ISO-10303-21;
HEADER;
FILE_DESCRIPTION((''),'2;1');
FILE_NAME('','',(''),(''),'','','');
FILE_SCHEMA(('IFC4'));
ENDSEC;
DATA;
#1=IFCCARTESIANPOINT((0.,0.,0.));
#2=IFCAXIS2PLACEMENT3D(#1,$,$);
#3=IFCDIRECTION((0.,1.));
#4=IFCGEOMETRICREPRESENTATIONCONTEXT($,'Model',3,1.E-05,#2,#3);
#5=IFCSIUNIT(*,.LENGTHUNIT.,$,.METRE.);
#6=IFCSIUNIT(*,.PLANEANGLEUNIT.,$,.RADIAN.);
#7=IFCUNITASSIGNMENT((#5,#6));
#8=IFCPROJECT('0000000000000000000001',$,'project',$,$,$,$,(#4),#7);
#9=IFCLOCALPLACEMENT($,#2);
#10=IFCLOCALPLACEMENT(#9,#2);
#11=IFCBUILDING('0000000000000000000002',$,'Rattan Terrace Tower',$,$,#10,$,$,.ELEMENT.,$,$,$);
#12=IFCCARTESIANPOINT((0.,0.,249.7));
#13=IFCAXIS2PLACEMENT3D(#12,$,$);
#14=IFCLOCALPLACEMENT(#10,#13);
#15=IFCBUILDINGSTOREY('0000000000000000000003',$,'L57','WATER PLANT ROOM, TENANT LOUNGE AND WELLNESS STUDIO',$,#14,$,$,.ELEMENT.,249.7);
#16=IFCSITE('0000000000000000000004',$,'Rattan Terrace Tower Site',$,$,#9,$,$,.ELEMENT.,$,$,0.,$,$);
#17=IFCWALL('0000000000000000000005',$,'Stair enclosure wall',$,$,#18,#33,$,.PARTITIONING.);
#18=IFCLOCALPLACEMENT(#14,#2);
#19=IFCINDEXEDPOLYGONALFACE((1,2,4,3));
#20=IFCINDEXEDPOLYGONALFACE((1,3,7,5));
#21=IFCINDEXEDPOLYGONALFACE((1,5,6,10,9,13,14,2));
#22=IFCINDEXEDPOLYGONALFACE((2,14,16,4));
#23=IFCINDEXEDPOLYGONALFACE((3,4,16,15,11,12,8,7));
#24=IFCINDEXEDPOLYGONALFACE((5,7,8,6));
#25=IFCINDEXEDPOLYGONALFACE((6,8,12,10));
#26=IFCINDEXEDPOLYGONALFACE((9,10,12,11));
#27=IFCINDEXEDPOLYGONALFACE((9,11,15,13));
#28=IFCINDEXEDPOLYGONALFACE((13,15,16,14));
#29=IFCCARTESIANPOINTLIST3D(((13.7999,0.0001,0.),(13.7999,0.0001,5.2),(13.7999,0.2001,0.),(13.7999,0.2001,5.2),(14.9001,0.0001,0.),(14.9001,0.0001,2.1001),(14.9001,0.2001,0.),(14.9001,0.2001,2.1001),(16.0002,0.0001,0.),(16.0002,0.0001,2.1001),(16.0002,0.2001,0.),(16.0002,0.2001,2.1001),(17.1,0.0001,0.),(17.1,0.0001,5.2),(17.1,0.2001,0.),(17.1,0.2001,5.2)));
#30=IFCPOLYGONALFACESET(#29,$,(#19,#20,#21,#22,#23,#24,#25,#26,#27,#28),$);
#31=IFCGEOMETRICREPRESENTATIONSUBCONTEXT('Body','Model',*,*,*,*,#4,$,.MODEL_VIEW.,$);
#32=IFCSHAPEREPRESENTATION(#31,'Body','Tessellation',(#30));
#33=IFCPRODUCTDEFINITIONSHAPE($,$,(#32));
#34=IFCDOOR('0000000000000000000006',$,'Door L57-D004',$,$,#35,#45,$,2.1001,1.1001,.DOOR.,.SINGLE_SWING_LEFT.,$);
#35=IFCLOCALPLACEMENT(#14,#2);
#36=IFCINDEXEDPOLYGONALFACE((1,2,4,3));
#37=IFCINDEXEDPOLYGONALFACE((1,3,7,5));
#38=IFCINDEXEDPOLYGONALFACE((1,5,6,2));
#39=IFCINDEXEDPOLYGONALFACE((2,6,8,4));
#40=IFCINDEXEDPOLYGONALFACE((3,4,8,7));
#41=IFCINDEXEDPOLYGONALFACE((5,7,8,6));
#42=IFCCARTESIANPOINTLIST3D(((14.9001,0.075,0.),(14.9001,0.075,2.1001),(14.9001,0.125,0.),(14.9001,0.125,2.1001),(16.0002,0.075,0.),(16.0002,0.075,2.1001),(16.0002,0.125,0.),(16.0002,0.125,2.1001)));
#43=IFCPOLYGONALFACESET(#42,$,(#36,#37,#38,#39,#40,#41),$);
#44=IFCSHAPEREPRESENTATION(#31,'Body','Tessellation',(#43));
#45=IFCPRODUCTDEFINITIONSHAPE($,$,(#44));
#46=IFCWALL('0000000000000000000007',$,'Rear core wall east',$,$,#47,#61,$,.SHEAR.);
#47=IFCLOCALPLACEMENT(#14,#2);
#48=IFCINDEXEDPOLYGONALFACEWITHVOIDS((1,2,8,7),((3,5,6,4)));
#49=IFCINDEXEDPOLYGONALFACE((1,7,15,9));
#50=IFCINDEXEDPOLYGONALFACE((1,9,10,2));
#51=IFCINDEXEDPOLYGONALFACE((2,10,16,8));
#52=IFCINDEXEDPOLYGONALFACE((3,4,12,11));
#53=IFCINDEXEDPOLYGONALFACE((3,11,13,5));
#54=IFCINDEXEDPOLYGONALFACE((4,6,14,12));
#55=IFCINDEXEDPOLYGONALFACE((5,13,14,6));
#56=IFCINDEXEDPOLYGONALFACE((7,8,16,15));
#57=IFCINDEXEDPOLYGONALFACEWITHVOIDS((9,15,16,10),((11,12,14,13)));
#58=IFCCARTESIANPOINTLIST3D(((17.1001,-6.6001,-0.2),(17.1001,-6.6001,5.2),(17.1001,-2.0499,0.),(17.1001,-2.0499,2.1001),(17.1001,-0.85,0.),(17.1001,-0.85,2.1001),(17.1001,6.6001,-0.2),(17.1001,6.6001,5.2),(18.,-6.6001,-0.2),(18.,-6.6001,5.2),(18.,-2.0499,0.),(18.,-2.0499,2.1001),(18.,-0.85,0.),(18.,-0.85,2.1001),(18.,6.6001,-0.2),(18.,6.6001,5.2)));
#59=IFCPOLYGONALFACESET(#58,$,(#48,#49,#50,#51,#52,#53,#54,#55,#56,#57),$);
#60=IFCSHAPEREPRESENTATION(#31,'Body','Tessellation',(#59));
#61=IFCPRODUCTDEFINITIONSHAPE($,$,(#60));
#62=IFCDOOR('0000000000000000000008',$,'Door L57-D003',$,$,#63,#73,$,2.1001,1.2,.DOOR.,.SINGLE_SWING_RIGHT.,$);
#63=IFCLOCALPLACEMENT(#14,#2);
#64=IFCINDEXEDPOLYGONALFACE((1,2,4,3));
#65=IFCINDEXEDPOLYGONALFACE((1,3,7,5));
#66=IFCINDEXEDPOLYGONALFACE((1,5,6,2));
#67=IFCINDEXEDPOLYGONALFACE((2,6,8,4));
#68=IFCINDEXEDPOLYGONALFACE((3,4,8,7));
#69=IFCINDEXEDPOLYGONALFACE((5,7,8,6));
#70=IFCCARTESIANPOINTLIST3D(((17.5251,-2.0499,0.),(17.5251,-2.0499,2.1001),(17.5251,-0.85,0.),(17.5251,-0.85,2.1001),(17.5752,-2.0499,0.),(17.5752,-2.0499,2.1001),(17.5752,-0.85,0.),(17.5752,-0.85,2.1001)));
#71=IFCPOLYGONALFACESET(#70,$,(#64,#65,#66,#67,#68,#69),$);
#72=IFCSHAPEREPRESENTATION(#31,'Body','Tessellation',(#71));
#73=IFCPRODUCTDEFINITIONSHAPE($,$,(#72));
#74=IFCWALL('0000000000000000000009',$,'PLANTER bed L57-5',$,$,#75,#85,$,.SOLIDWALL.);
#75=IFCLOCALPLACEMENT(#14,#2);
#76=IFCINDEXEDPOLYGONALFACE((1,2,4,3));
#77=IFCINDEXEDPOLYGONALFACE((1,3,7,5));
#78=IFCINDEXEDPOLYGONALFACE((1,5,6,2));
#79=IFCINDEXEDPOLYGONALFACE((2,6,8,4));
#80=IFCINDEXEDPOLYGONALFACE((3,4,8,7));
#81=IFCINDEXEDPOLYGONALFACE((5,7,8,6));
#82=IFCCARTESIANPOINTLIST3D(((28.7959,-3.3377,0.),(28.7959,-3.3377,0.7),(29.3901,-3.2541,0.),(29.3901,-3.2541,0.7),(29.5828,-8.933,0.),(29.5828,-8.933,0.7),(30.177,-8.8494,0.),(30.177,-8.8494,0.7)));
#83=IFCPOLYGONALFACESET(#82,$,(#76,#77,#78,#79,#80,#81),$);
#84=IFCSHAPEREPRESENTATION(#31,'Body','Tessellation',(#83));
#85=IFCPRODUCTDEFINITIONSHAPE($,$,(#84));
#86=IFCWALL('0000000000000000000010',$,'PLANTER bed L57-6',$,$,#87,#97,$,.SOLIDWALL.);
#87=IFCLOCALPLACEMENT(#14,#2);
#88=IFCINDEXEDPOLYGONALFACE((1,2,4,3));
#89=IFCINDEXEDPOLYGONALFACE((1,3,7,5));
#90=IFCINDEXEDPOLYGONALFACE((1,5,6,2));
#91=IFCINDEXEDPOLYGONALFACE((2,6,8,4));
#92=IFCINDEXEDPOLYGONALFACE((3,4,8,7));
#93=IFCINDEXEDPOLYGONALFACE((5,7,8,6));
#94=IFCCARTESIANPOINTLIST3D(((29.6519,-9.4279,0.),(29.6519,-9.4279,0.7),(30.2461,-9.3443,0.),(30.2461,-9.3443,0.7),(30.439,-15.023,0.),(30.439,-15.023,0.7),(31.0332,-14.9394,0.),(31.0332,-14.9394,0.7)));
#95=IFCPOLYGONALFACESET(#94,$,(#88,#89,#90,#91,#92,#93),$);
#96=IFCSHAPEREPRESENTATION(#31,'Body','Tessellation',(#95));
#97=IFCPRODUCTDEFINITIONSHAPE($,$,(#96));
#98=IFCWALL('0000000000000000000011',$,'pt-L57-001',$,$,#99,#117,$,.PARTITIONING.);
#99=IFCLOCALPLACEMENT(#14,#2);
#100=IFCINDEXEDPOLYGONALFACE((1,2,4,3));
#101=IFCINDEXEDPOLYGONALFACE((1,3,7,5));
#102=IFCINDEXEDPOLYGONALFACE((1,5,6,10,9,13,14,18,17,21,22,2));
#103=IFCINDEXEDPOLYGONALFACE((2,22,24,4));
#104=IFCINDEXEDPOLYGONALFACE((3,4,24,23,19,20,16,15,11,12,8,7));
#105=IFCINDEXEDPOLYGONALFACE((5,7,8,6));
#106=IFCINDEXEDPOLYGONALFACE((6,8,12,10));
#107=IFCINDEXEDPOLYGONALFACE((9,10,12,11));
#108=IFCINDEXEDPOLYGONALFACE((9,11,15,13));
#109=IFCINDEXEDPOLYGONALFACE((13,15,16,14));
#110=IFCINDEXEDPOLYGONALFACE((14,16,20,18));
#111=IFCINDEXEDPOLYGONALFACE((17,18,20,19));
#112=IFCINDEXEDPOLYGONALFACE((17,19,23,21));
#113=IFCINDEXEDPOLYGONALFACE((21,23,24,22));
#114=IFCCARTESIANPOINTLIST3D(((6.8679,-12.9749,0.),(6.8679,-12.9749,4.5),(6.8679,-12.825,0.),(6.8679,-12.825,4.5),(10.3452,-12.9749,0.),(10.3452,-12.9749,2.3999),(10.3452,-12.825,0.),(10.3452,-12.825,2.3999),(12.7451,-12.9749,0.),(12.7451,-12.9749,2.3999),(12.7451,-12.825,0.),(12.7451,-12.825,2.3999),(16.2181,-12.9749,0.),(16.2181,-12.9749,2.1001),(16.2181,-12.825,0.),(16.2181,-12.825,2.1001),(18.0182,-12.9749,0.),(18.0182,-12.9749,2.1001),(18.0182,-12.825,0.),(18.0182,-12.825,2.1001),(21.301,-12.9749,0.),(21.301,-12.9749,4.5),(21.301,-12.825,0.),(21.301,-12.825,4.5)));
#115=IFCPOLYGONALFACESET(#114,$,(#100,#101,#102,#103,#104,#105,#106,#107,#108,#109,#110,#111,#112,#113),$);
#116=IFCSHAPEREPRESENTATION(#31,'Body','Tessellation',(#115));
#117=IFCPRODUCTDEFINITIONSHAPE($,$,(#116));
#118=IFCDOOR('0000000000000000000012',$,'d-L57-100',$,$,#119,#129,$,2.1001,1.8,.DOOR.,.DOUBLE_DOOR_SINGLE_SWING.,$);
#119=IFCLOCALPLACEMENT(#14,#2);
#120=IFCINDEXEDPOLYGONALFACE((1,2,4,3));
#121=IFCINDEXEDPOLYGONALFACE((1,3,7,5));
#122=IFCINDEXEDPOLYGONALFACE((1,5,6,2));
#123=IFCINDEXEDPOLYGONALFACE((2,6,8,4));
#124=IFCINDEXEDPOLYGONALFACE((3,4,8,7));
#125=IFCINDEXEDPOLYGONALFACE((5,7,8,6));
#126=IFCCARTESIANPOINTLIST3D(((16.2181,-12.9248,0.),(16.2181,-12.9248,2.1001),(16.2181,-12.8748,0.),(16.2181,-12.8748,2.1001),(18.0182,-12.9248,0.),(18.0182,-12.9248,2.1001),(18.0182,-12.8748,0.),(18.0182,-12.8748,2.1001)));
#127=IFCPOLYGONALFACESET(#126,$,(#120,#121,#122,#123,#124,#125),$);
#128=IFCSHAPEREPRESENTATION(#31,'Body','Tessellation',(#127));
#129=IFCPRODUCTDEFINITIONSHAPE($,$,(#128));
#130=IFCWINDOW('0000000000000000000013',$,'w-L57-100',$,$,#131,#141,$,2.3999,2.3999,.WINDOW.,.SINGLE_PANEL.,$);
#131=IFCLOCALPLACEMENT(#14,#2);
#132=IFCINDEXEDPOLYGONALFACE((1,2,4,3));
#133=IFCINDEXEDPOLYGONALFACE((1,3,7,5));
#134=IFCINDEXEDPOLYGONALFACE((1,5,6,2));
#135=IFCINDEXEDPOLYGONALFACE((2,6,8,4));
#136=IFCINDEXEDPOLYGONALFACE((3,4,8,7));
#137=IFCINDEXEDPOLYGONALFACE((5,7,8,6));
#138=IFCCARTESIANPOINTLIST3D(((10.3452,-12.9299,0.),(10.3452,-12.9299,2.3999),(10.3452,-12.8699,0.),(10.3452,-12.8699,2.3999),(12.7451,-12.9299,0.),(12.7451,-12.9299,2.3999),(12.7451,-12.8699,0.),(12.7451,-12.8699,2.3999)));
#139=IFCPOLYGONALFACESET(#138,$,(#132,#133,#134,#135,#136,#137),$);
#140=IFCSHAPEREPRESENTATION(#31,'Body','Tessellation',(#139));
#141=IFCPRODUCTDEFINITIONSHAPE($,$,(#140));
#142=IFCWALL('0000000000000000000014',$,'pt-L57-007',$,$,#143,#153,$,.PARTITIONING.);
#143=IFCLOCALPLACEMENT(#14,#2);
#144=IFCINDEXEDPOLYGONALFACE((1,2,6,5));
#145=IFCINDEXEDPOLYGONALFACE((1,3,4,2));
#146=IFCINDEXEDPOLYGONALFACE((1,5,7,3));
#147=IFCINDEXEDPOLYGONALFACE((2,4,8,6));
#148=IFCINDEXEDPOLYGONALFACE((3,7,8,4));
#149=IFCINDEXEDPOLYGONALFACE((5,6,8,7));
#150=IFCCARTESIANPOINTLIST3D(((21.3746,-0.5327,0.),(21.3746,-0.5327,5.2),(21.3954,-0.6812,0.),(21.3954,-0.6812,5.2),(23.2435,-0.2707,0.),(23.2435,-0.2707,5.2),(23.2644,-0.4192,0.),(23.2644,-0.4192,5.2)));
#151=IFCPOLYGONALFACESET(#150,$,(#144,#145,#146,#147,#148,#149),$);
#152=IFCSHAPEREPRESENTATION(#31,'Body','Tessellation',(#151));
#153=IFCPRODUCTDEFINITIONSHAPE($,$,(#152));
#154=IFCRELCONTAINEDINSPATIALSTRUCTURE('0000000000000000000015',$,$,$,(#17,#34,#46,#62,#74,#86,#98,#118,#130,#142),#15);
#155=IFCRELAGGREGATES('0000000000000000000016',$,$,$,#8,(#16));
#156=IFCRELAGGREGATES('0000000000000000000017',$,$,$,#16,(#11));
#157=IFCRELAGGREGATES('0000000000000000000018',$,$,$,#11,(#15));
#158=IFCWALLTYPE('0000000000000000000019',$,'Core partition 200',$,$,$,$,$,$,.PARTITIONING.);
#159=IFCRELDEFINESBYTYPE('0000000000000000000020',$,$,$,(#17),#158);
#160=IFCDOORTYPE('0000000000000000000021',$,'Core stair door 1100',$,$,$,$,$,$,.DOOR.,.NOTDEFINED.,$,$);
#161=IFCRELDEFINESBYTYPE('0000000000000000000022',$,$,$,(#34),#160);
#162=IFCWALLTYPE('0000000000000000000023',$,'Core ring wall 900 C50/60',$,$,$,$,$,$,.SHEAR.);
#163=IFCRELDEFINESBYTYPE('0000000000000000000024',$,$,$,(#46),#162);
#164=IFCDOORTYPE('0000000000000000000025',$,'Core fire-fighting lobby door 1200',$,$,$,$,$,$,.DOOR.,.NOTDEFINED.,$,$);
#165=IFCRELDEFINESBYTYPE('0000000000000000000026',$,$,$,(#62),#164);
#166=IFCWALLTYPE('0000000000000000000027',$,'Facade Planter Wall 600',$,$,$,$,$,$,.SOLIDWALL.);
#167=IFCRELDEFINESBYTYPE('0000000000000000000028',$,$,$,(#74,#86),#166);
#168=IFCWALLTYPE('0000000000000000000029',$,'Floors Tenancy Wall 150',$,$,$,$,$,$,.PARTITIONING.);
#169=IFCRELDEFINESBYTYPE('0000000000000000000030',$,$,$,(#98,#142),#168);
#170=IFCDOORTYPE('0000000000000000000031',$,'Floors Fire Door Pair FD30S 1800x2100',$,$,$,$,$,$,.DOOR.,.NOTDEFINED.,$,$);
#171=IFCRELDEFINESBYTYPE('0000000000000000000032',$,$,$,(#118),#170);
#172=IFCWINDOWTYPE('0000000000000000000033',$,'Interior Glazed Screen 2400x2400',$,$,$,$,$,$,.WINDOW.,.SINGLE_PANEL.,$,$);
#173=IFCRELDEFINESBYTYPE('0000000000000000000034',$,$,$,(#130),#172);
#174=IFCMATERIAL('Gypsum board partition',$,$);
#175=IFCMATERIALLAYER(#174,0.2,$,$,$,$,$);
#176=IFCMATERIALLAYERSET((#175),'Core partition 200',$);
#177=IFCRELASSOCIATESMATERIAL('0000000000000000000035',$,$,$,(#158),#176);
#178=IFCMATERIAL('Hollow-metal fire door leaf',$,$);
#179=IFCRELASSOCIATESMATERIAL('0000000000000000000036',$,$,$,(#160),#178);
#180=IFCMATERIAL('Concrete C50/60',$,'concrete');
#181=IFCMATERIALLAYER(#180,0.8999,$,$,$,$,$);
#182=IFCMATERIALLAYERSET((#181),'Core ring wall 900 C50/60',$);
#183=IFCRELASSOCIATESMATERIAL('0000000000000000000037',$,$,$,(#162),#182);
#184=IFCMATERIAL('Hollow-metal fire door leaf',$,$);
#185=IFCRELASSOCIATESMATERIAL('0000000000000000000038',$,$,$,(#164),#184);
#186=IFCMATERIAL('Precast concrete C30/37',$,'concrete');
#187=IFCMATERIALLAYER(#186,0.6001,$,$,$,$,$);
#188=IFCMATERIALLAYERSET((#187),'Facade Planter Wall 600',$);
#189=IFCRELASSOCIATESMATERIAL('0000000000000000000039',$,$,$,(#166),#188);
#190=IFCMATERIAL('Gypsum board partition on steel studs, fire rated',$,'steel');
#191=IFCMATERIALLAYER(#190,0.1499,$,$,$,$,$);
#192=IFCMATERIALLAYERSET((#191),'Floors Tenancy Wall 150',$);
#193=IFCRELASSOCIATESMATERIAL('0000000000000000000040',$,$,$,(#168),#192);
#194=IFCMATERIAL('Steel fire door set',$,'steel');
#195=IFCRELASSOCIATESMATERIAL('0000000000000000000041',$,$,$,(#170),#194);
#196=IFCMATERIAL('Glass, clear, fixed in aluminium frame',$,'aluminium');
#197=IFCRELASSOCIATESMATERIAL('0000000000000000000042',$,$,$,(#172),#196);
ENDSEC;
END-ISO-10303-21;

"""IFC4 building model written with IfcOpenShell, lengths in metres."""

from ifc_helpers import new_model, si_unit, direction, frame, frame_2d, origin, place, context, subcontext, project, spatial, rectangle, extrude, material, layer, layer_set, type_object, element, fill, save


model = new_model("IFC4")

# Units and contexts
model_context = context("Model", 3, precision=1e-05, world=origin(), true_north=direction((0.0, 1.0)))
body_context = subcontext(model_context, "Body", "Model", "MODEL_VIEW")
ifc_project = project(units=[si_unit("LENGTHUNIT", "METRE"), si_unit("PLANEANGLEUNIT", "RADIAN")], contexts=[model_context])

# Site, building, storey
site_placement = place(None, origin())
site = spatial("IfcSite", under=ifc_project, at=site_placement, Name="Rattan Terrace Tower Site", CompositionType="ELEMENT", RefElevation=0.0)
building_placement = place(site_placement, origin())
building = spatial("IfcBuilding", under=site, at=building_placement, Name="Rattan Terrace Tower", CompositionType="ELEMENT")
storey_placement = place(building_placement, frame((0.0, 0.0, 249.7)))
storey = spatial("IfcBuildingStorey", under=building, at=storey_placement, Name="L57", Description="WATER PLANT ROOM, TENANT LOUNGE AND WELLNESS STUDIO", CompositionType="ELEMENT", Elevation=249.7)

# Walls, openings, doors
ifc_material_1 = material(Name="Gypsum board partition")
ifc_layer_1 = layer(ifc_material_1, 0.2)
ifc_layer_set_1 = layer_set([ifc_layer_1], Name="Core partition 200")
wall_type_1 = type_object("IfcWallType", Name="Core partition 200", PredefinedType="PARTITIONING", material=ifc_layer_set_1)
wall_1_placement = place(storey_placement, frame((13.8, 0.1001, 0.0), z_axis=(0.0, 0.0, 1.0), x_axis=(1.0, 0.0, 0.0)))
wall_1 = element("IfcWall", 1, at=wall_1_placement, inside=storey, type_object=wall_type_1, Name="Stair enclosure wall", PredefinedType="PARTITIONING", context=body_context, shape_type="SweptSolid", body=[
    extrude(rectangle(XDim=3.3, YDim=0.2, at=frame_2d((1.6499, 0.0))), origin(), (0.0, 0.0, 1.0), 5.2),
])
opening_1_placement = place(wall_1_placement, frame((1.1001, 0.0, 0.0)))
opening_1 = element("IfcOpeningElement", 2, at=opening_1_placement, cuts=wall_1, PredefinedType="OPENING", context=body_context, shape_type="SweptSolid", body=[
    extrude(rectangle(XDim=1.1001, YDim=2.1001, at=frame_2d((0.55, 1.05))), frame((0.0, 0.1106, 0.0), z_axis=(0.0, -1.0, 0.0), x_axis=(1.0, 0.0, 0.0)), (0.0, 0.0, 1.0), 0.2209),
])
ifc_material_2 = material(Name="Hollow-metal fire door leaf")
door_type_1 = type_object("IfcDoorType", Name="Core stair door 1100", OperationType="NOTDEFINED", PredefinedType="DOOR", material=ifc_material_2)
door_1_placement = place(opening_1_placement, origin())
door_1 = element("IfcDoor", 3, at=door_1_placement, inside=storey, type_object=door_type_1, Name="Door L57-D004", OperationType="SINGLE_SWING_LEFT", OverallHeight=2.1001, OverallWidth=1.1001, PredefinedType="DOOR", context=body_context, shape_type="SweptSolid", body=[
    extrude(rectangle(XDim=1.1001, YDim=2.1001, at=frame_2d((0.55, 1.05))), frame((0.0, 0.0249, 0.0), z_axis=(0.0, -1.0, 0.0), x_axis=(1.0, 0.0, 0.0)), (0.0, 0.0, 1.0), 0.05),
])
fill(opening_1, door_1)
ifc_material_3 = material(Name="Concrete C50/60", Category="concrete")
ifc_layer_2 = layer(ifc_material_3, 0.8999)
ifc_layer_set_2 = layer_set([ifc_layer_2], Name="Core ring wall 900 C50/60")
wall_type_2 = type_object("IfcWallType", Name="Core ring wall 900 C50/60", PredefinedType="SHEAR", material=ifc_layer_set_2)
wall_2_placement = place(storey_placement, frame((17.55, -6.6001, -0.2), z_axis=(0.0, 0.0, 1.0), x_axis=(0.0, 1.0, 0.0)))
wall_2 = element("IfcWall", 4, at=wall_2_placement, inside=storey, type_object=wall_type_2, Name="Rear core wall east", PredefinedType="SHEAR", context=body_context, shape_type="SweptSolid", body=[
    extrude(rectangle(XDim=13.2002, YDim=0.8999, at=frame_2d((6.6001, 0.0))), origin(), (0.0, 0.0, 1.0), 5.3999),
])
opening_2_placement = place(wall_2_placement, frame((4.55, 0.0, 0.2)))
opening_2 = element("IfcOpeningElement", 5, at=opening_2_placement, cuts=wall_2, PredefinedType="OPENING", context=body_context, shape_type="SweptSolid", body=[
    extrude(rectangle(XDim=1.2, YDim=2.1001, at=frame_2d((0.6001, 1.05))), frame((0.0, 0.4604, 0.0), z_axis=(0.0, -1.0, 0.0), x_axis=(1.0, 0.0, 0.0)), (0.0, 0.0, 1.0), 0.9209),
])
ifc_material_4 = material(Name="Hollow-metal fire door leaf")
door_type_2 = type_object("IfcDoorType", Name="Core fire-fighting lobby door 1200", OperationType="NOTDEFINED", PredefinedType="DOOR", material=ifc_material_4)
door_2_placement = place(opening_2_placement, origin())
door_2 = element("IfcDoor", 6, at=door_2_placement, inside=storey, type_object=door_type_2, Name="Door L57-D003", OperationType="SINGLE_SWING_RIGHT", OverallHeight=2.1001, OverallWidth=1.2, PredefinedType="DOOR", context=body_context, shape_type="SweptSolid", body=[
    extrude(rectangle(XDim=1.2, YDim=2.1001, at=frame_2d((0.6001, 1.05))), frame((0.0, 0.0249, 0.0), z_axis=(0.0, -1.0, 0.0), x_axis=(1.0, 0.0, 0.0)), (0.0, 0.0, 1.0), 0.05),
])
fill(opening_2, door_2)

# Walls
ifc_material_5 = material(Name="Precast concrete C30/37", Category="concrete")
ifc_layer_3 = layer(ifc_material_5, 0.6001)
ifc_layer_set_3 = layer_set([ifc_layer_3], Name="Facade Planter Wall 600")
wall_type_3 = type_object("IfcWallType", Name="Facade Planter Wall 600", PredefinedType="SOLIDWALL", material=ifc_layer_set_3)
wall_3_placement = place(storey_placement, frame((29.093, -3.2959, 0.0), z_axis=(0.0, 0.0, 1.0), x_axis=(0.139261, -0.990256, 0.0)))
element("IfcWall", 7, at=wall_3_placement, inside=storey, type_object=wall_type_3, Name="PLANTER bed L57-5", PredefinedType="SOLIDWALL", context=body_context, shape_type="SweptSolid", body=[
    extrude(rectangle(XDim=5.6504, YDim=0.6001, at=frame_2d((2.8252, 0.0))), origin(), (0.0, 0.0, 1.0), 0.7),
])
wall_4_placement = place(storey_placement, frame((29.949, -9.386, 0.0), z_axis=(0.0, 0.0, 1.0), x_axis=(0.13931, -0.990249, 0.0)))
element("IfcWall", 8, at=wall_4_placement, inside=storey, type_object=wall_type_3, Name="PLANTER bed L57-6", PredefinedType="SOLIDWALL", context=body_context, shape_type="SweptSolid", body=[
    extrude(rectangle(XDim=5.6501, YDim=0.6001, at=frame_2d((2.8252, 0.0))), origin(), (0.0, 0.0, 1.0), 0.7),
])

# Wall, openings, door, window
ifc_material_6 = material(Name="Gypsum board partition on steel studs, fire rated", Category="steel")
ifc_layer_4 = layer(ifc_material_6, 0.1499)
ifc_layer_set_4 = layer_set([ifc_layer_4], Name="Floors Tenancy Wall 150")
wall_type_4 = type_object("IfcWallType", Name="Floors Tenancy Wall 150", PredefinedType="PARTITIONING", material=ifc_layer_set_4)
wall_5_placement = place(storey_placement, frame((21.301, -12.8999, 0.0), z_axis=(0.0, 0.0, 1.0), x_axis=(-1.0, 0.0, 0.0)))
wall_5 = element("IfcWall", 9, at=wall_5_placement, inside=storey, type_object=wall_type_4, Name="pt-L57-001", PredefinedType="PARTITIONING", context=body_context, shape_type="SweptSolid", body=[
    extrude(rectangle(XDim=14.4331, YDim=0.1499, at=frame_2d((7.2166, 0.0))), origin(), (0.0, 0.0, 1.0), 4.5),
])
opening_3_placement = place(wall_5_placement, frame((3.283, 0.0, 0.0)))
opening_3 = element("IfcOpeningElement", 10, at=opening_3_placement, cuts=wall_5, PredefinedType="OPENING", context=body_context, shape_type="SweptSolid", body=[
    extrude(rectangle(XDim=1.8, YDim=2.1001, at=frame_2d((0.8999, 1.05))), frame((0.0, 0.0854, 0.0), z_axis=(0.0, -1.0, 0.0), x_axis=(1.0, 0.0, 0.0)), (0.0, 0.0, 1.0), 0.1709),
])
opening_4_placement = place(wall_5_placement, frame((8.5559, 0.0, 0.0)))
opening_4 = element("IfcOpeningElement", 11, at=opening_4_placement, cuts=wall_5, PredefinedType="OPENING", context=body_context, shape_type="SweptSolid", body=[
    extrude(rectangle(XDim=2.3999, YDim=2.3999, at=frame_2d((1.2, 1.2))), frame((0.0, 0.0854, 0.0), z_axis=(0.0, -1.0, 0.0), x_axis=(1.0, 0.0, 0.0)), (0.0, 0.0, 1.0), 0.1709),
])
ifc_material_7 = material(Name="Steel fire door set", Category="steel")
door_type_3 = type_object("IfcDoorType", Name="Floors Fire Door Pair FD30S 1800x2100", OperationType="NOTDEFINED", PredefinedType="DOOR", material=ifc_material_7)
door_3_placement = place(opening_3_placement, origin())
door_3 = element("IfcDoor", 12, at=door_3_placement, inside=storey, type_object=door_type_3, Name="d-L57-100", OperationType="DOUBLE_DOOR_SINGLE_SWING", OverallHeight=2.1001, OverallWidth=1.8, PredefinedType="DOOR", context=body_context, shape_type="SweptSolid", body=[
    extrude(rectangle(XDim=1.8, YDim=2.1001, at=frame_2d((0.8999, 1.05))), frame((0.0, 0.0249, 0.0), z_axis=(0.0, -1.0, 0.0), x_axis=(1.0, 0.0, 0.0)), (0.0, 0.0, 1.0), 0.05),
])
fill(opening_3, door_3)
ifc_material_8 = material(Name="Glass, clear, fixed in aluminium frame", Category="aluminium")
window_type = type_object("IfcWindowType", Name="Interior Glazed Screen 2400x2400", PartitioningType="SINGLE_PANEL", PredefinedType="WINDOW", material=ifc_material_8)
window_placement = place(opening_4_placement, origin())
window = element("IfcWindow", 13, at=window_placement, inside=storey, type_object=window_type, Name="w-L57-100", OverallHeight=2.3999, OverallWidth=2.3999, PartitioningType="SINGLE_PANEL", PredefinedType="WINDOW", context=body_context, shape_type="SweptSolid", body=[
    extrude(rectangle(XDim=2.3999, YDim=2.3999, at=frame_2d((1.2, 1.2))), frame((0.0, 0.03, 0.0), z_axis=(0.0, -1.0, 0.0), x_axis=(1.0, 0.0, 0.0)), (0.0, 0.0, 1.0), 0.0601),
])
fill(opening_4, window)

# Wall
wall_6_placement = place(storey_placement, frame((21.385, -0.6069, 0.0), z_axis=(0.0, 0.0, 1.0), x_axis=(0.990319, 0.138813, 0.0)))
element("IfcWall", 14, at=wall_6_placement, inside=storey, type_object=wall_type_4, Name="pt-L57-007", PredefinedType="PARTITIONING", context=body_context, shape_type="SweptSolid", body=[
    extrude(rectangle(XDim=1.8872, YDim=0.1499, at=frame_2d((0.9436, 0.0))), origin(), (0.0, 0.0, 1.0), 5.2),
])

save(model, "model.ifc")
